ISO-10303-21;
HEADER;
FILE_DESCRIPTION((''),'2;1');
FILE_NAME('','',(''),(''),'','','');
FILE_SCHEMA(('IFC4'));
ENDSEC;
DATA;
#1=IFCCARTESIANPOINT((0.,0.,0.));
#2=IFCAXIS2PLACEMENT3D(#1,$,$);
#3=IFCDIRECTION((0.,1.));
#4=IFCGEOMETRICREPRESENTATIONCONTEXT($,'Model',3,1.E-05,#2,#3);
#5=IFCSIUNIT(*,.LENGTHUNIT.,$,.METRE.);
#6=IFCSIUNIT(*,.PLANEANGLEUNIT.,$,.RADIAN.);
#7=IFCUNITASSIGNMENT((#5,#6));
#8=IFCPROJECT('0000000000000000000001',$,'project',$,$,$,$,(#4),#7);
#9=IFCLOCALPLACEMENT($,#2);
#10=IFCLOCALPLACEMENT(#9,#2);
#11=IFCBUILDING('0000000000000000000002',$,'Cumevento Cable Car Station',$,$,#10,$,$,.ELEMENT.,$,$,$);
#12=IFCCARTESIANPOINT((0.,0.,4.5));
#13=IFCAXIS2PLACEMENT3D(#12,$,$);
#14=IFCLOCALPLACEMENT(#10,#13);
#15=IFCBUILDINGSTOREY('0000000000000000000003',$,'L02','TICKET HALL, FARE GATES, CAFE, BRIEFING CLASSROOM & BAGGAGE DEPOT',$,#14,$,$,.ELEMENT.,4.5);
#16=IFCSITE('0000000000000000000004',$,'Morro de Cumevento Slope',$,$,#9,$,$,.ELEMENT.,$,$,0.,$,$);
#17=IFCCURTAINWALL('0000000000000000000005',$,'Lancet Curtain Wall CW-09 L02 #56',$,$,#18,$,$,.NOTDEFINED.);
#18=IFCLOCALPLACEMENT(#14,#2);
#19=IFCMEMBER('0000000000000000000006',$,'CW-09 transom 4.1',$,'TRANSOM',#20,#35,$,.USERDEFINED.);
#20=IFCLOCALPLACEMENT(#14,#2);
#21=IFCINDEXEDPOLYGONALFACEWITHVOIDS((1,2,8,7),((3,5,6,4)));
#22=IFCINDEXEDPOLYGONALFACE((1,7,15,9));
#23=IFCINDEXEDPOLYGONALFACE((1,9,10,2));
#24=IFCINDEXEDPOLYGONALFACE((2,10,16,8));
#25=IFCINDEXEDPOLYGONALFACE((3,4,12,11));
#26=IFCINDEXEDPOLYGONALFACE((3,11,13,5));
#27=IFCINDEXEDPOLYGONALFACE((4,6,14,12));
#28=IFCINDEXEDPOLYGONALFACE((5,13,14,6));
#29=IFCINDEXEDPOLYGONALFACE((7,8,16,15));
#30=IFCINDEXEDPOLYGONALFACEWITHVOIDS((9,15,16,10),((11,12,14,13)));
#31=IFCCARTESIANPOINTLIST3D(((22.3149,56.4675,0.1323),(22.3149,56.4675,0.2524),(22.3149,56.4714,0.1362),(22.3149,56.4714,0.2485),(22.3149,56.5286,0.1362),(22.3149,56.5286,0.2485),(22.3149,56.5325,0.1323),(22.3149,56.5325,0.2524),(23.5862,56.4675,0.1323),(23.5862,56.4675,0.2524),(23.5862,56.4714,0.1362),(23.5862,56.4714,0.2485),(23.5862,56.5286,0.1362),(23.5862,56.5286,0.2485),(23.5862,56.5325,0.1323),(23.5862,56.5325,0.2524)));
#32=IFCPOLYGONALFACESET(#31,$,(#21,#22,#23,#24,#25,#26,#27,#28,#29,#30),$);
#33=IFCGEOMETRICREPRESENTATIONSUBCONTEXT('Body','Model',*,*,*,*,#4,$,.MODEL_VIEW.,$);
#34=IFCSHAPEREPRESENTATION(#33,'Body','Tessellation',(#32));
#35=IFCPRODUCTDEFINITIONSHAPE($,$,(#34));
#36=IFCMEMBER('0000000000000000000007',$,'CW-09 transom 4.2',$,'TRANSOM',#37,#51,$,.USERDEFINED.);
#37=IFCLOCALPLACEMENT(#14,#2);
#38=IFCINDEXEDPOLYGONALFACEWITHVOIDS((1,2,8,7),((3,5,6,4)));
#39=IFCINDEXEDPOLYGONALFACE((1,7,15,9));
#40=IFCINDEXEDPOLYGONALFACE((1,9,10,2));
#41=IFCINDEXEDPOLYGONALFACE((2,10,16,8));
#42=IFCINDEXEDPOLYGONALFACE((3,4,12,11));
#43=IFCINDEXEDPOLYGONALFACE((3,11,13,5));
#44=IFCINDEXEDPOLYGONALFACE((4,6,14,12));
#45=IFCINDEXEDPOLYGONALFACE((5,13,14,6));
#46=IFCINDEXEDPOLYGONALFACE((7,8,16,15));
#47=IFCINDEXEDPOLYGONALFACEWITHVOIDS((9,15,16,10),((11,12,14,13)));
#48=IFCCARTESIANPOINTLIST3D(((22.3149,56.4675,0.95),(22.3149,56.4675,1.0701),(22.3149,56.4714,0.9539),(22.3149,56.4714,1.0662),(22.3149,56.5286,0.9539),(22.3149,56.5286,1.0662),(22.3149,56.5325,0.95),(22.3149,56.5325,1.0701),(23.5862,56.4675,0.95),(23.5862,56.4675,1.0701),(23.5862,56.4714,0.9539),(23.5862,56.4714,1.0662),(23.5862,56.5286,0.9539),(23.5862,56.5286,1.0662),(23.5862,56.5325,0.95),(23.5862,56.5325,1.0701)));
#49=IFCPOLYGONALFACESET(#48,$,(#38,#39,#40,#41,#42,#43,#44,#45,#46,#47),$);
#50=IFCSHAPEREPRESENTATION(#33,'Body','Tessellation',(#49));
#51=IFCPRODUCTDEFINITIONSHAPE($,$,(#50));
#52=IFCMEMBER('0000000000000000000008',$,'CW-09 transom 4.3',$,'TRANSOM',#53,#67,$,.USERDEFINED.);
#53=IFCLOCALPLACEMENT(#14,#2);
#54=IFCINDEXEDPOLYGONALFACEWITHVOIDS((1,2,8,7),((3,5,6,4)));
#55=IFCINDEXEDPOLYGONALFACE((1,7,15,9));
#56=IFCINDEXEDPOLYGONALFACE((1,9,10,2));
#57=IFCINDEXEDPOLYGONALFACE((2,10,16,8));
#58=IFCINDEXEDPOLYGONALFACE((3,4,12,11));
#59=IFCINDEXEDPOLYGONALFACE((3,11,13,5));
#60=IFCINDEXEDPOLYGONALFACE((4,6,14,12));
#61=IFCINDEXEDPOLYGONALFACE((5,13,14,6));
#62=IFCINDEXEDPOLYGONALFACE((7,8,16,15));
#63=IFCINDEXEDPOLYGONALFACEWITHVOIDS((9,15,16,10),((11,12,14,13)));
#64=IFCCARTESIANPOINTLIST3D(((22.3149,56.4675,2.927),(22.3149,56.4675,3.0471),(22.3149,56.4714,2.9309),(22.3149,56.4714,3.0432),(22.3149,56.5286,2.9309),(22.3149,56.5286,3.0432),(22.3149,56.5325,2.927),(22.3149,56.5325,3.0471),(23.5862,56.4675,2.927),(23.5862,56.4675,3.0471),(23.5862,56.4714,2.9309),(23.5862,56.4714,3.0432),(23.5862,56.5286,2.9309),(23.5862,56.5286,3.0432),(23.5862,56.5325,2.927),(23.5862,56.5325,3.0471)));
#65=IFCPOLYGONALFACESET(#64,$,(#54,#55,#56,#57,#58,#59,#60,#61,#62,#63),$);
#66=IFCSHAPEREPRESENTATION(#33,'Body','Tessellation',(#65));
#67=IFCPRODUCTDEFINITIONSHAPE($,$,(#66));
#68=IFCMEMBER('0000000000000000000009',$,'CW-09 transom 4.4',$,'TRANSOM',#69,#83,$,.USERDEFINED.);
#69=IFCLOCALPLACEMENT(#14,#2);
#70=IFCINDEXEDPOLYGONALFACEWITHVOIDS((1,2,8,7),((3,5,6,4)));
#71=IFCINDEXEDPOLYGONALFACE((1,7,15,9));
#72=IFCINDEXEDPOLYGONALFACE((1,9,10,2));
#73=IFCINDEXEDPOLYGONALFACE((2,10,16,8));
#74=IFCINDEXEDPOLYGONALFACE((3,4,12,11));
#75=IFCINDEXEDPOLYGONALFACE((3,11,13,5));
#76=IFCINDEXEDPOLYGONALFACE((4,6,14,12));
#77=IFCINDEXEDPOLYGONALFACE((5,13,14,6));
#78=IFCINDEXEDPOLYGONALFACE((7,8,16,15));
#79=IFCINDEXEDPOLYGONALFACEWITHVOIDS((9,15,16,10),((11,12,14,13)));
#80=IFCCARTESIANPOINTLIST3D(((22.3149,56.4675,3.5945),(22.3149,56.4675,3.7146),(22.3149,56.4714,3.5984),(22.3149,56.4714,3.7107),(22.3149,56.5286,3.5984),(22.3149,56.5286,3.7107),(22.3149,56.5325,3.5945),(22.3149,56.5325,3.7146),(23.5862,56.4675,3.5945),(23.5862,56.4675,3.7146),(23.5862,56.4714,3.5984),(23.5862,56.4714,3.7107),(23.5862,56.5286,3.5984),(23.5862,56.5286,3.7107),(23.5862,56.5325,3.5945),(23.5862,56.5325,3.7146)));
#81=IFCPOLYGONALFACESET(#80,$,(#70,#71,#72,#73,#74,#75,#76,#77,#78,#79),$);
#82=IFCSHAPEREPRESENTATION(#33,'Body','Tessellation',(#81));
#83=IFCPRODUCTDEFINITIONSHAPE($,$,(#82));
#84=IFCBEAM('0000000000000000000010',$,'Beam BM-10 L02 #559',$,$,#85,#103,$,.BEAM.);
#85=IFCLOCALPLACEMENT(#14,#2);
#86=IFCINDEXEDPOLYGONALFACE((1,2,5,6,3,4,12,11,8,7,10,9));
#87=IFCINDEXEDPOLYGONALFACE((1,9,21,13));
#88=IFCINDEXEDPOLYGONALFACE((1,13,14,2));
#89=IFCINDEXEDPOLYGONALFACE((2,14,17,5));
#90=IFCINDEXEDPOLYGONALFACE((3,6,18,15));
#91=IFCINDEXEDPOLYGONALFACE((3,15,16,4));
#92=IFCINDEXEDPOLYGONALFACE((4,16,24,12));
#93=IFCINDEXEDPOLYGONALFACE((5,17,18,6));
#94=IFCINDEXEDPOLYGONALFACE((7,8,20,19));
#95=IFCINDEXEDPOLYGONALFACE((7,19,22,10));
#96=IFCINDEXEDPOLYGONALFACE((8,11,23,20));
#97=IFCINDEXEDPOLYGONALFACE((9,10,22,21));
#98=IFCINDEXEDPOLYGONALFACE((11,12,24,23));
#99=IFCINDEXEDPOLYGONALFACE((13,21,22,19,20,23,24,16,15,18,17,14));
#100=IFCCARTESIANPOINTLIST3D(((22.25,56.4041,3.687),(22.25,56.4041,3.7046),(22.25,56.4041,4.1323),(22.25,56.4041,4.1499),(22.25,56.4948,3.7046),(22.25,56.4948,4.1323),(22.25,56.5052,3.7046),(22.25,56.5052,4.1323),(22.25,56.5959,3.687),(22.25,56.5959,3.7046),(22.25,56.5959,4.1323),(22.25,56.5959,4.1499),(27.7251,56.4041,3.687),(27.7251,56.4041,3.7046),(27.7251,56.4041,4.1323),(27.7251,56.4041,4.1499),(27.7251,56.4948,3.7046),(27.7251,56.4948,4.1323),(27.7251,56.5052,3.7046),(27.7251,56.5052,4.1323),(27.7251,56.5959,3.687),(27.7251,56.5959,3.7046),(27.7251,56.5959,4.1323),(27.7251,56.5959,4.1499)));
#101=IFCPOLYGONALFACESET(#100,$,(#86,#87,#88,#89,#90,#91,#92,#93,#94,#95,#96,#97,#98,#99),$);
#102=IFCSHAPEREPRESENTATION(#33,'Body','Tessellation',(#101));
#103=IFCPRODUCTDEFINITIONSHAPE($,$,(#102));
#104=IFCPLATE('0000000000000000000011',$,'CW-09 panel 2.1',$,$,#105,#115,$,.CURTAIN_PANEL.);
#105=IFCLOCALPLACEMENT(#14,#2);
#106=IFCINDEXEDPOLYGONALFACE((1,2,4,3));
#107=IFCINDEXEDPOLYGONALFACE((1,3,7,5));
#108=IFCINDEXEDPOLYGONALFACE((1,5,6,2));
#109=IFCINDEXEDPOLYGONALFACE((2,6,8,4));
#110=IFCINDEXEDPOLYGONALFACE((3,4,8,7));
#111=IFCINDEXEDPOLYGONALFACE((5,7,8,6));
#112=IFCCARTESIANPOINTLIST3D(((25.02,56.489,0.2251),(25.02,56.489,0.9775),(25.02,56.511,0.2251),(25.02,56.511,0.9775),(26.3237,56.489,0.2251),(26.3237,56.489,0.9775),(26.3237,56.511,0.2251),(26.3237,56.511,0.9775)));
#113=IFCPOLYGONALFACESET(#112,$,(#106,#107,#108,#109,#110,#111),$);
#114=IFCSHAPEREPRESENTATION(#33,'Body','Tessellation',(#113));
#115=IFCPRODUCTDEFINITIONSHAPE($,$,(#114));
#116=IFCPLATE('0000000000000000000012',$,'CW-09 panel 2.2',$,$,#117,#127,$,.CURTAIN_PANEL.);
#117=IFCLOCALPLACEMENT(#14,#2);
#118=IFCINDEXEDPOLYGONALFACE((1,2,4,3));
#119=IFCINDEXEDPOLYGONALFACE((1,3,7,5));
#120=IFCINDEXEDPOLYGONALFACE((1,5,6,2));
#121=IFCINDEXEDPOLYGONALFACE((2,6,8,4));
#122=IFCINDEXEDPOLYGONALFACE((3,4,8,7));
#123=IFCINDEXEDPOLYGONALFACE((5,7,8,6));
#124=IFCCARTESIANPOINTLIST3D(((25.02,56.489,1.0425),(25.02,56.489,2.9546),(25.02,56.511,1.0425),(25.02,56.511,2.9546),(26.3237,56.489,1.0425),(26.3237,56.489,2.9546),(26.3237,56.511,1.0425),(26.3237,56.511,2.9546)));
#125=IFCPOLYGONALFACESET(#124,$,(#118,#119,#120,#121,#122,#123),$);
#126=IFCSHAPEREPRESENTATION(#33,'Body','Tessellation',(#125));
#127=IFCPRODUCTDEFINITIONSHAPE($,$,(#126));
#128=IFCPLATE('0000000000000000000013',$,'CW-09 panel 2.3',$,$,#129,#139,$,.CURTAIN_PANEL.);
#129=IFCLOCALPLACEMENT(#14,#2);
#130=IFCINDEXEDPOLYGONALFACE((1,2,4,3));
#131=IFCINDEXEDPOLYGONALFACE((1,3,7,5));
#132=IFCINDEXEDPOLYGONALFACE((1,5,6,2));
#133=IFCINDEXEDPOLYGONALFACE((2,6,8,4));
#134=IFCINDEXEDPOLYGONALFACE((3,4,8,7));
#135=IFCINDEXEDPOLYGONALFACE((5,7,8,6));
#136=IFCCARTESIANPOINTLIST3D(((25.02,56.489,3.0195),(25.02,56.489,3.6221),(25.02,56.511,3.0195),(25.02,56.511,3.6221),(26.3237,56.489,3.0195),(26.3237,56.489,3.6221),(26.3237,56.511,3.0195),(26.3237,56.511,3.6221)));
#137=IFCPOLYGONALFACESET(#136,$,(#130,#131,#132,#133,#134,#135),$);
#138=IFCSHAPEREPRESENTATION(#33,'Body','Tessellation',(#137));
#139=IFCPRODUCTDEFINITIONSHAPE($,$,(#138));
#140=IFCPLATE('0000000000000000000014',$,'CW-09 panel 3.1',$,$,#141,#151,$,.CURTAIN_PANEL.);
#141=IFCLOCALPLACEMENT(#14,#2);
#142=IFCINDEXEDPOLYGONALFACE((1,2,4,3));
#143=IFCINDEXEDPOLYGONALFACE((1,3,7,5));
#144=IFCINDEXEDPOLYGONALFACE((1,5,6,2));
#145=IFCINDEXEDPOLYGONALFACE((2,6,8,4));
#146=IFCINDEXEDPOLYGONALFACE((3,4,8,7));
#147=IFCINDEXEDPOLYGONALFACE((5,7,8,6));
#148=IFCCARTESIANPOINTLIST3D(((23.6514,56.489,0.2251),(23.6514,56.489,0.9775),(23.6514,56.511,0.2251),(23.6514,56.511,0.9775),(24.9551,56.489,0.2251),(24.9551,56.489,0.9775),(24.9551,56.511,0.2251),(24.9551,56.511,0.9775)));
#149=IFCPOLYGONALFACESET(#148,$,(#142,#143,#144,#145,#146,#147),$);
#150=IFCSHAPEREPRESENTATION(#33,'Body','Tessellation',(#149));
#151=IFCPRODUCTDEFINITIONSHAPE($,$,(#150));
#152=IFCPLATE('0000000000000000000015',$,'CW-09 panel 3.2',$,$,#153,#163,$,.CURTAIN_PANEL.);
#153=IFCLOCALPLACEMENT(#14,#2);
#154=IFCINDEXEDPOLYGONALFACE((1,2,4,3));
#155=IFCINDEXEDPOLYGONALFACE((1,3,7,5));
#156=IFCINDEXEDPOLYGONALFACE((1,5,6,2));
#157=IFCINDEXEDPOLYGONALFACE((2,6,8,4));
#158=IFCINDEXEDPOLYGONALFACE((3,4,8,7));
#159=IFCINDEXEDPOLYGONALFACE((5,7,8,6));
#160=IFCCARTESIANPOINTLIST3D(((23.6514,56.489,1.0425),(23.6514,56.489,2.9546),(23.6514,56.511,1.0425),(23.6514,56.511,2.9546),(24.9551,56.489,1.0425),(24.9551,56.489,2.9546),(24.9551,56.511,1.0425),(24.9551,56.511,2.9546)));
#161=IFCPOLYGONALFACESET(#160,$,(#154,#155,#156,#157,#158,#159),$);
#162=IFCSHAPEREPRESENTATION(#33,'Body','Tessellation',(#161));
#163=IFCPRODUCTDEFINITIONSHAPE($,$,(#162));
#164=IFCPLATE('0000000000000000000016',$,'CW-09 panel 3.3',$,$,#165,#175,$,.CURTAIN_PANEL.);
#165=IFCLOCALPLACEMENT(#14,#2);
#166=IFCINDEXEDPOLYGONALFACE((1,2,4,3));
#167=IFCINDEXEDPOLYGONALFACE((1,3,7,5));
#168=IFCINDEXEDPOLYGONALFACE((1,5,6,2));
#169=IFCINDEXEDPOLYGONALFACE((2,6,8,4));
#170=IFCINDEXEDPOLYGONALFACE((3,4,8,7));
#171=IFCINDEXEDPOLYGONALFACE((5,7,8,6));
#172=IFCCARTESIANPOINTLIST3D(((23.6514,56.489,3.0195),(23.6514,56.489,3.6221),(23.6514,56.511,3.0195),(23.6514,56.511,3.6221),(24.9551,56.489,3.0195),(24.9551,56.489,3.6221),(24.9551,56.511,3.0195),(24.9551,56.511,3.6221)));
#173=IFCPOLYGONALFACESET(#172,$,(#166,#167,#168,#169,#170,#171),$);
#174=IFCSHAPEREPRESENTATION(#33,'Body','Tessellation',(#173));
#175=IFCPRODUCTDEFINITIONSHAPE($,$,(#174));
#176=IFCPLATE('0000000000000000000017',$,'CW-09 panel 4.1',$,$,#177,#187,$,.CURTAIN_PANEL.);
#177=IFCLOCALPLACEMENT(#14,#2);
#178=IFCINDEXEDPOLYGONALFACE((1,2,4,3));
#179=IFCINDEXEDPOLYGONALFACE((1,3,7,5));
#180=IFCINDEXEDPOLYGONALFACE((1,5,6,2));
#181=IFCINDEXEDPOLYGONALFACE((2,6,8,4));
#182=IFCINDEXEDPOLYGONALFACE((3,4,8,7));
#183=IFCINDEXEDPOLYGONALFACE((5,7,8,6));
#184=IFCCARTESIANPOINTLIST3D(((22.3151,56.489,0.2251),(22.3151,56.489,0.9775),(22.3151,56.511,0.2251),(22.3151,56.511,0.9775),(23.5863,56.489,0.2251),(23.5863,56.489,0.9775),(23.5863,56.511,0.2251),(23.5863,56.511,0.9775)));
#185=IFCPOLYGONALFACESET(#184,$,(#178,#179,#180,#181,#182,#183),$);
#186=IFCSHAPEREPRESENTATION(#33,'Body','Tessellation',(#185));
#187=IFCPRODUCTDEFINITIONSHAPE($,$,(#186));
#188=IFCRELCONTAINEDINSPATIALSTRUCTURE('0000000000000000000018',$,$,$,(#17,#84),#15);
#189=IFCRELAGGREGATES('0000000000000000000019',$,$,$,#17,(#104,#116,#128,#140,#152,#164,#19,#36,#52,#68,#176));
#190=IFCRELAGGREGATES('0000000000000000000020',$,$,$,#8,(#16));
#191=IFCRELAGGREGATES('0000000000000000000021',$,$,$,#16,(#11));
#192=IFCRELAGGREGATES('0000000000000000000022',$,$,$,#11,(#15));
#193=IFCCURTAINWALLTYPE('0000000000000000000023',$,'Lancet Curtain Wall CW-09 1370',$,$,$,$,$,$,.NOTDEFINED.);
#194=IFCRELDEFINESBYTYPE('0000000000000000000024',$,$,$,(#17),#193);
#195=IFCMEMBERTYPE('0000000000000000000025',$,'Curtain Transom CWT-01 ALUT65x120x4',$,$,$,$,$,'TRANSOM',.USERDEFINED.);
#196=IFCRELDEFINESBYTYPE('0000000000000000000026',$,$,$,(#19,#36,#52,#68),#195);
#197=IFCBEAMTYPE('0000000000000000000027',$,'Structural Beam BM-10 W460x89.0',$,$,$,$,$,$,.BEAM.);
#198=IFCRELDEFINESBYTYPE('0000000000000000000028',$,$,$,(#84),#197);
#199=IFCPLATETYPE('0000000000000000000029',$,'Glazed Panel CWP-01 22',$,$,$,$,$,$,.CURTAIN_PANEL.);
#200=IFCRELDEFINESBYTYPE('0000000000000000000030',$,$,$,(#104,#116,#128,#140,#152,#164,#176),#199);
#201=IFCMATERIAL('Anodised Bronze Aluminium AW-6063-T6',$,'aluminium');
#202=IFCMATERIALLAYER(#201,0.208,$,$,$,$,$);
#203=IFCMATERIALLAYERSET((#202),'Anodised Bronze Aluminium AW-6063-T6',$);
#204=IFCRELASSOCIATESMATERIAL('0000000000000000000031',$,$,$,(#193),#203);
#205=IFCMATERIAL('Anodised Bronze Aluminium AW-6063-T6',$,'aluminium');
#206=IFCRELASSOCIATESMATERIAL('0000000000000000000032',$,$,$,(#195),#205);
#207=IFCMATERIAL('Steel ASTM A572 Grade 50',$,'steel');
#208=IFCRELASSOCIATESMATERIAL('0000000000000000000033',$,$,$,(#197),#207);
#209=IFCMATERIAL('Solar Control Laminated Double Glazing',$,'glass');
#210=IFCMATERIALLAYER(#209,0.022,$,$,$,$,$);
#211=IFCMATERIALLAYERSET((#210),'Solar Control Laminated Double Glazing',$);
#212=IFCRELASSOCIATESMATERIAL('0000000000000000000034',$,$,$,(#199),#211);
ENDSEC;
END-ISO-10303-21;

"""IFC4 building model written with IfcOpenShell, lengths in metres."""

from ifc_helpers import new_model, si_unit, direction, frame, origin, origin_2d, place, context, subcontext, project, spatial, rectangle, hollow_rectangle, i_section, extrude, material, layer, layer_set, material_profile, profile_set, type_object, element, aggregate, save


model = new_model("IFC4")

# Units and contexts
model_context = context("Model", 3, precision=1e-05, world=origin(), true_north=direction((0.0, 1.0)))
body_context = subcontext(model_context, "Body", "Model", "MODEL_VIEW")
ifc_project = project(units=[si_unit("LENGTHUNIT", "METRE"), si_unit("PLANEANGLEUNIT", "RADIAN")], contexts=[model_context])

# Site, building, storey
site_placement = place(None, origin())
site = spatial("IfcSite", under=ifc_project, at=site_placement, Name="Morro de Cumevento Slope", CompositionType="ELEMENT", RefElevation=0.0)
building_placement = place(site_placement, origin())
building = spatial("IfcBuilding", under=site, at=building_placement, Name="Cumevento Cable Car Station", CompositionType="ELEMENT")
storey_placement = place(building_placement, frame((0.0, 0.0, 4.5)))
storey = spatial("IfcBuildingStorey", under=building, at=storey_placement, Name="L02", Description="TICKET HALL, FARE GATES, CAFE, BRIEFING CLASSROOM & BAGGAGE DEPOT", CompositionType="ELEMENT", Elevation=4.5)

# Curtain wall, members
ifc_material_1 = material(Name="Anodised Bronze Aluminium AW-6063-T6", Category="aluminium")
ifc_layer_1 = layer(ifc_material_1, 0.208)
ifc_layer_set_1 = layer_set([ifc_layer_1], Name="Anodised Bronze Aluminium AW-6063-T6")
curtain_wall_type = type_object("IfcCurtainWallType", Name="Lancet Curtain Wall CW-09 1370", PredefinedType="NOTDEFINED", material=ifc_layer_set_1)
curtain_wall_placement = place(storey_placement, origin())
curtain_wall = element("IfcCurtainWall", 1, at=curtain_wall_placement, inside=storey, type_object=curtain_wall_type, Name="Lancet Curtain Wall CW-09 L02 #56", PredefinedType="NOTDEFINED")
ifc_material_2 = material(Name="Anodised Bronze Aluminium AW-6063-T6", Category="aluminium")
ifc_material_profile_1 = material_profile(ifc_material_2, hollow_rectangle(XDim=0.0649, YDim=0.1201, WallThickness=0.0039, at=origin_2d()), Name="ALUT65x120x4")
ifc_profile_set_1 = profile_set([ifc_material_profile_1], Name="Anodised Bronze Aluminium AW-6063-T6")
member_type_1 = type_object("IfcMemberType", Name="Curtain Transom CWT-01 ALUT65x120x4", ElementType="TRANSOM", PredefinedType="USERDEFINED", material=ifc_profile_set_1)
member_1_placement = place(storey_placement, frame((23.5862, 56.5, 0.1924), z_axis=(-1.0, 0.0, 0.0), x_axis=(0.0, -1.0, 0.0)))
member_1 = element("IfcMember", 2, at=member_1_placement, type_object=member_type_1, Name="CW-09 transom 4.1", ObjectType="TRANSOM", PredefinedType="USERDEFINED", context=body_context, shape_type="SweptSolid", body=[
    extrude(hollow_rectangle(XDim=0.0649, YDim=0.1201, WallThickness=0.0039, at=origin_2d()), origin(), (0.0, 0.0, 1.0), 1.2712),
])
member_2_placement = place(storey_placement, frame((23.5862, 56.5, 1.01), z_axis=(-1.0, 0.0, 0.0), x_axis=(0.0, -1.0, 0.0)))
member_2 = element("IfcMember", 3, at=member_2_placement, type_object=member_type_1, Name="CW-09 transom 4.2", ObjectType="TRANSOM", PredefinedType="USERDEFINED", context=body_context, shape_type="SweptSolid", body=[
    extrude(hollow_rectangle(XDim=0.0649, YDim=0.1201, WallThickness=0.0039, at=origin_2d()), origin(), (0.0, 0.0, 1.0), 1.2712),
])
member_3_placement = place(storey_placement, frame((23.5862, 56.5, 2.9871), z_axis=(-1.0, 0.0, 0.0), x_axis=(0.0, -1.0, 0.0)))
member_3 = element("IfcMember", 4, at=member_3_placement, type_object=member_type_1, Name="CW-09 transom 4.3", ObjectType="TRANSOM", PredefinedType="USERDEFINED", context=body_context, shape_type="SweptSolid", body=[
    extrude(hollow_rectangle(XDim=0.0649, YDim=0.1201, WallThickness=0.0039, at=origin_2d()), origin(), (0.0, 0.0, 1.0), 1.2712),
])
member_4_placement = place(storey_placement, frame((23.5862, 56.5, 3.6545), z_axis=(-1.0, 0.0, 0.0), x_axis=(0.0, -1.0, 0.0)))
member_4 = element("IfcMember", 5, at=member_4_placement, type_object=member_type_1, Name="CW-09 transom 4.4", ObjectType="TRANSOM", PredefinedType="USERDEFINED", context=body_context, shape_type="SweptSolid", body=[
    extrude(hollow_rectangle(XDim=0.0649, YDim=0.1201, WallThickness=0.0039, at=origin_2d()), origin(), (0.0, 0.0, 1.0), 1.2712),
])

# Beam
ifc_material_3 = material(Name="Steel ASTM A572 Grade 50", Category="steel")
ifc_material_profile_2 = material_profile(ifc_material_3, i_section(OverallWidth=0.1919, OverallDepth=0.4629, WebThickness=0.0105, FlangeThickness=0.0176, at=origin_2d()), Name="W460x89.0")
ifc_profile_set_2 = profile_set([ifc_material_profile_2], Name="Steel ASTM A572 Grade 50")
beam_type = type_object("IfcBeamType", Name="Structural Beam BM-10 W460x89.0", PredefinedType="BEAM", material=ifc_profile_set_2)
beam_placement = place(storey_placement, frame((22.25, 56.5, 3.9185), z_axis=(1.0, 0.0, 0.0), x_axis=(0.0, 1.0, 0.0)))
element("IfcBeam", 6, at=beam_placement, inside=storey, type_object=beam_type, Name="Beam BM-10 L02 #559", PredefinedType="BEAM", context=body_context, shape_type="SweptSolid", body=[
    extrude(i_section(OverallWidth=0.1919, OverallDepth=0.4629, WebThickness=0.0105, FlangeThickness=0.0176, at=origin_2d()), origin(), (0.0, 0.0, 1.0), 5.4751),
])

# Plates
ifc_material_4 = material(Name="Solar Control Laminated Double Glazing", Category="glass")
ifc_layer_2 = layer(ifc_material_4, 0.022)
ifc_layer_set_2 = layer_set([ifc_layer_2], Name="Solar Control Laminated Double Glazing")
plate_type = type_object("IfcPlateType", Name="Glazed Panel CWP-01 22", PredefinedType="CURTAIN_PANEL", material=ifc_layer_set_2)
plate_1_placement = place(storey_placement, frame((25.6719, 56.5, 0.2251), z_axis=(0.0, 0.0, 1.0), x_axis=(-1.0, 0.0, 0.0)))
plate_1 = element("IfcPlate", 7, at=plate_1_placement, type_object=plate_type, Name="CW-09 panel 2.1", PredefinedType="CURTAIN_PANEL", context=body_context, shape_type="SweptSolid", body=[
    extrude(rectangle(XDim=1.3037, YDim=0.022, at=origin_2d()), origin(), (0.0, 0.0, 1.0), 0.7524),
])
plate_2_placement = place(storey_placement, frame((25.6719, 56.5, 1.0425), z_axis=(0.0, 0.0, 1.0), x_axis=(-1.0, 0.0, 0.0)))
plate_2 = element("IfcPlate", 8, at=plate_2_placement, type_object=plate_type, Name="CW-09 panel 2.2", PredefinedType="CURTAIN_PANEL", context=body_context, shape_type="SweptSolid", body=[
    extrude(rectangle(XDim=1.3037, YDim=0.022, at=origin_2d()), origin(), (0.0, 0.0, 1.0), 1.9121),
])
plate_3_placement = place(storey_placement, frame((25.6719, 56.5, 3.0195), z_axis=(0.0, 0.0, 1.0), x_axis=(-1.0, 0.0, 0.0)))
plate_3 = element("IfcPlate", 9, at=plate_3_placement, type_object=plate_type, Name="CW-09 panel 2.3", PredefinedType="CURTAIN_PANEL", context=body_context, shape_type="SweptSolid", body=[
    extrude(rectangle(XDim=1.3037, YDim=0.022, at=origin_2d()), origin(), (0.0, 0.0, 1.0), 0.6025),
])
plate_4_placement = place(storey_placement, frame((24.3032, 56.5, 0.2251), z_axis=(0.0, 0.0, 1.0), x_axis=(-1.0, 0.0, 0.0)))
plate_4 = element("IfcPlate", 10, at=plate_4_placement, type_object=plate_type, Name="CW-09 panel 3.1", PredefinedType="CURTAIN_PANEL", context=body_context, shape_type="SweptSolid", body=[
    extrude(rectangle(XDim=1.3037, YDim=0.022, at=origin_2d()), origin(), (0.0, 0.0, 1.0), 0.7524),
])
plate_5_placement = place(storey_placement, frame((24.3032, 56.5, 1.0425), z_axis=(0.0, 0.0, 1.0), x_axis=(-1.0, 0.0, 0.0)))
plate_5 = element("IfcPlate", 11, at=plate_5_placement, type_object=plate_type, Name="CW-09 panel 3.2", PredefinedType="CURTAIN_PANEL", context=body_context, shape_type="SweptSolid", body=[
    extrude(rectangle(XDim=1.3037, YDim=0.022, at=origin_2d()), origin(), (0.0, 0.0, 1.0), 1.9121),
])
plate_6_placement = place(storey_placement, frame((24.3032, 56.5, 3.0195), z_axis=(0.0, 0.0, 1.0), x_axis=(-1.0, 0.0, 0.0)))
plate_6 = element("IfcPlate", 12, at=plate_6_placement, type_object=plate_type, Name="CW-09 panel 3.3", PredefinedType="CURTAIN_PANEL", context=body_context, shape_type="SweptSolid", body=[
    extrude(rectangle(XDim=1.3037, YDim=0.022, at=origin_2d()), origin(), (0.0, 0.0, 1.0), 0.6025),
])
plate_7_placement = place(storey_placement, frame((22.9507, 56.5, 0.2251), z_axis=(0.0, 0.0, 1.0), x_axis=(-1.0, 0.0, 0.0)))
plate_7 = element("IfcPlate", 13, at=plate_7_placement, type_object=plate_type, Name="CW-09 panel 4.1", PredefinedType="CURTAIN_PANEL", context=body_context, shape_type="SweptSolid", body=[
    extrude(rectangle(XDim=1.2712, YDim=0.022, at=origin_2d()), origin(), (0.0, 0.0, 1.0), 0.7524),
])
aggregate(curtain_wall, [plate_1, plate_2, plate_3, plate_4, plate_5, plate_6, member_1, member_2, member_3, member_4, plate_7])

save(model, "model.ifc")
